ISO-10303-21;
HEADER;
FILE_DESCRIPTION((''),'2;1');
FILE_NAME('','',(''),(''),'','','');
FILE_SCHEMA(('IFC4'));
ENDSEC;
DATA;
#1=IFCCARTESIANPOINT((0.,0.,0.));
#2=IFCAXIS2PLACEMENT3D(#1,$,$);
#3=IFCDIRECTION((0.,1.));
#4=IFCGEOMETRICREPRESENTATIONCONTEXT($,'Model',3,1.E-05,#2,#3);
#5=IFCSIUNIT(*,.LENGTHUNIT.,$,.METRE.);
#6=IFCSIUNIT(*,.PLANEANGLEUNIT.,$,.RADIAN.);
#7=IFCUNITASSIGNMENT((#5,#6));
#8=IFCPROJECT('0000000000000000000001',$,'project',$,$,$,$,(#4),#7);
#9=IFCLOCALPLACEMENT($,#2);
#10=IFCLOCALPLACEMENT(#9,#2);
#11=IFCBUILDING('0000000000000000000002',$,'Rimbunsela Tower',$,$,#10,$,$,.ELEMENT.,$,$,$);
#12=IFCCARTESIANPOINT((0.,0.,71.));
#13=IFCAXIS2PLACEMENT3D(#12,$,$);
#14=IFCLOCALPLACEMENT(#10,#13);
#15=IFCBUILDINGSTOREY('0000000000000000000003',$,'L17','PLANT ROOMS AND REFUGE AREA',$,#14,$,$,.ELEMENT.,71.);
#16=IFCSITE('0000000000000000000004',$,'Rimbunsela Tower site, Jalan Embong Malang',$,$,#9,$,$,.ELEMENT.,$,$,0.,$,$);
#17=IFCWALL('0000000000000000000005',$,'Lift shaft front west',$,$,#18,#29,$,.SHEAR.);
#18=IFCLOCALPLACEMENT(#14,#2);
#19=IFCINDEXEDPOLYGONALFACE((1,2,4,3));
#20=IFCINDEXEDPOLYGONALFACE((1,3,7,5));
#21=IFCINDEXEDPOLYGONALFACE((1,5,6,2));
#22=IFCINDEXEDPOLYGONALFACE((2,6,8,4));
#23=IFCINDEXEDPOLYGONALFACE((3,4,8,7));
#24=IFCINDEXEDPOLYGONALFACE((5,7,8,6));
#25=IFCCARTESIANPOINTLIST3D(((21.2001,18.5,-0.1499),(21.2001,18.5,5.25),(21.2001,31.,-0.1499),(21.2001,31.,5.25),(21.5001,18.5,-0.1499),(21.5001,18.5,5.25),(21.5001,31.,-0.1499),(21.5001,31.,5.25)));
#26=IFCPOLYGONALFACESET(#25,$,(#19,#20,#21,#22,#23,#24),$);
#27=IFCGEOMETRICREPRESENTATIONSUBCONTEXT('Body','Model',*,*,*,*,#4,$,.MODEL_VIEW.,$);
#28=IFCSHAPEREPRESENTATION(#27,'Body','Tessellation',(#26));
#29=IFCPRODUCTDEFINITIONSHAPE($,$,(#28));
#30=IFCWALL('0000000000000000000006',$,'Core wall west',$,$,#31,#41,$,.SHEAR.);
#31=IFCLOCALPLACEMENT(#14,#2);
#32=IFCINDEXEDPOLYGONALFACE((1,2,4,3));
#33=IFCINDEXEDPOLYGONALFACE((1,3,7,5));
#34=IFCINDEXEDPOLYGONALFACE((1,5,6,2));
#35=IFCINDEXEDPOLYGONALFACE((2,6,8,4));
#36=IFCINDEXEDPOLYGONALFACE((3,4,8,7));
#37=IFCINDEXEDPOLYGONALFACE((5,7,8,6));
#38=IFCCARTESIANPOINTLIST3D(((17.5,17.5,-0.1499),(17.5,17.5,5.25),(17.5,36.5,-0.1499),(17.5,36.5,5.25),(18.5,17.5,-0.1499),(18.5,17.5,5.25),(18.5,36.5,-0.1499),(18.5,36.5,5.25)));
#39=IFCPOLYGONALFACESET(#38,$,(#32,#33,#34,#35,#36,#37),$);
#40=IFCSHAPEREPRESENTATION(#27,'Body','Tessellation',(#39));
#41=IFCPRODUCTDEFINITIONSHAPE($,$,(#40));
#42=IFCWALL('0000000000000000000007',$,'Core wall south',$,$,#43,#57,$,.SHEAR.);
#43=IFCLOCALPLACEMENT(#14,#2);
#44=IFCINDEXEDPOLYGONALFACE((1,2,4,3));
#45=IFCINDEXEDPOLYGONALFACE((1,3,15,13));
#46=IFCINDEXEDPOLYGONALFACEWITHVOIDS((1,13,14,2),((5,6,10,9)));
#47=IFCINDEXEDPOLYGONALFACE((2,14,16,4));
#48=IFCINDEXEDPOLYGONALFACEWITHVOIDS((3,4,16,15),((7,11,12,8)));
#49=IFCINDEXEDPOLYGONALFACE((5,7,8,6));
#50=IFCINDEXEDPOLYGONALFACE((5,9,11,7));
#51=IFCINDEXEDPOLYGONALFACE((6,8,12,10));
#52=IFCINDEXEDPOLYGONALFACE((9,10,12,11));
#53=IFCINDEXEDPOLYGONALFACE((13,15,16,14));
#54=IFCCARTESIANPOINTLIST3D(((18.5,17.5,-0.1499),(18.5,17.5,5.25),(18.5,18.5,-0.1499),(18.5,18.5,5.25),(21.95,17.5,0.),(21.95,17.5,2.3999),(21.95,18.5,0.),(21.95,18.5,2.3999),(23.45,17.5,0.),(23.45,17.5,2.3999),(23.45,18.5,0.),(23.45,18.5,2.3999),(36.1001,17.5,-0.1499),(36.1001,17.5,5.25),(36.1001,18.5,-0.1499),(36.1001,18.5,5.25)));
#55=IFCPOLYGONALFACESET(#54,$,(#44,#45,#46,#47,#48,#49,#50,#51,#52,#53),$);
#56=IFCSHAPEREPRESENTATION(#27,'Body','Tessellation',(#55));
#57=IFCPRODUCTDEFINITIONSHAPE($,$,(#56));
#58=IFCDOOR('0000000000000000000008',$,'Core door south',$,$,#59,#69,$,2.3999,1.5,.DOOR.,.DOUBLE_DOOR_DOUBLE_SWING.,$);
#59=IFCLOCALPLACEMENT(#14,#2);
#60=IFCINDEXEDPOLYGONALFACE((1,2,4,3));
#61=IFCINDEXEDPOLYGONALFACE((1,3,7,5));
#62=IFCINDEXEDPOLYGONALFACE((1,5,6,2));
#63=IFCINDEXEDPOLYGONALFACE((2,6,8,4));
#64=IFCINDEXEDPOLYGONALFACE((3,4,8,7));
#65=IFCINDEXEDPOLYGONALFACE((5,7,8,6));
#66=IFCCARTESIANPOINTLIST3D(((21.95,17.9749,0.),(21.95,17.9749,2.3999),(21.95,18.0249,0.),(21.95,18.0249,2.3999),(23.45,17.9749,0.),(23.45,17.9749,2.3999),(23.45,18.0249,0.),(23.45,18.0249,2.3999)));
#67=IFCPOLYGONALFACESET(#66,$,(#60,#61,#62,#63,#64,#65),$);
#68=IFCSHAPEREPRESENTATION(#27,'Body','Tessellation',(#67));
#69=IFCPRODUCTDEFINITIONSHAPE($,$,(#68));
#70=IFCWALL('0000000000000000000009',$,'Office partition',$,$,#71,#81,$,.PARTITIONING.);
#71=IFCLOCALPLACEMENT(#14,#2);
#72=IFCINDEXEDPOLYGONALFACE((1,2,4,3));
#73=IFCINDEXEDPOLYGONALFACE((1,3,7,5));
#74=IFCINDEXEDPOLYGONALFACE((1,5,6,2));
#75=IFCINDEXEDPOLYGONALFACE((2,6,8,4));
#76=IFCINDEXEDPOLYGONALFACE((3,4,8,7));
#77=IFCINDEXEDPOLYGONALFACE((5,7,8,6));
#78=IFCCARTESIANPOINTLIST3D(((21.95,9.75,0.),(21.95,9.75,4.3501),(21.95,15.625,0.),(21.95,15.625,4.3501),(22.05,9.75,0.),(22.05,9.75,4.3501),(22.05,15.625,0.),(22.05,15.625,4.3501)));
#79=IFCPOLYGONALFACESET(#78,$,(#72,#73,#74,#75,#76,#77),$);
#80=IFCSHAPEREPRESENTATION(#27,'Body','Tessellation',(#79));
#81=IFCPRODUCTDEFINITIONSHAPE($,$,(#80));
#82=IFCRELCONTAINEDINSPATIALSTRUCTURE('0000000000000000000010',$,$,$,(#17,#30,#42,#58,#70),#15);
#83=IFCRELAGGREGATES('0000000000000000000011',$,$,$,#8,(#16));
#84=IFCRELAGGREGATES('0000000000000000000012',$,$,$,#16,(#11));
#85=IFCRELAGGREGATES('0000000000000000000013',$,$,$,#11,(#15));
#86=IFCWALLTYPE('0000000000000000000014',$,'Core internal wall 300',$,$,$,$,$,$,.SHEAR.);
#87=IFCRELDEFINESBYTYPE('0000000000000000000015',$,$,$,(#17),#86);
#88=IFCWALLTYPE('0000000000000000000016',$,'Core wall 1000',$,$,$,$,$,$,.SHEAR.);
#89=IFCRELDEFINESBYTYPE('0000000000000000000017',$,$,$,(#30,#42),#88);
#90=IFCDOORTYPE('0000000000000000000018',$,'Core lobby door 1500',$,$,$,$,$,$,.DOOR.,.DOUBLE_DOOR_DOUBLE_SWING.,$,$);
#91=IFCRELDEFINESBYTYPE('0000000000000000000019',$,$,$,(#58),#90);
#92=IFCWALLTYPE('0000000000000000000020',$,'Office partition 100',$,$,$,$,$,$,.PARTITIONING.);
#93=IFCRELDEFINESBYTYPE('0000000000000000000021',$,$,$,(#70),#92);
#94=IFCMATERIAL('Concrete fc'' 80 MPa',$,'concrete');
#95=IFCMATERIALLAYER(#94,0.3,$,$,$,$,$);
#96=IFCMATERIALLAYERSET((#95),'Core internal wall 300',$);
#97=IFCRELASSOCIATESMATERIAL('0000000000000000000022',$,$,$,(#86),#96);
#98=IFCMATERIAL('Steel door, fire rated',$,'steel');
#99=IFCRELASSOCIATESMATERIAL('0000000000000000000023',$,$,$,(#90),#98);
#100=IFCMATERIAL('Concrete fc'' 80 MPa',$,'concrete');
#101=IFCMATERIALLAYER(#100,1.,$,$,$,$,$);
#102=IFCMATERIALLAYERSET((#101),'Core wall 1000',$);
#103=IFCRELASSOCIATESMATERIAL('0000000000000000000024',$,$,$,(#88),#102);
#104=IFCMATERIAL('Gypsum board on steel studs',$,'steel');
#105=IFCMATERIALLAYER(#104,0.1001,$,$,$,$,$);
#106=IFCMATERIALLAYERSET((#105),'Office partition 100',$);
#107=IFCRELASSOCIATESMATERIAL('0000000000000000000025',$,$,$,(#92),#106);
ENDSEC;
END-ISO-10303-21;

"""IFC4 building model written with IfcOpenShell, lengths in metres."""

from ifc_helpers import new_model, si_unit, direction, frame, frame_2d, origin, place, context, subcontext, project, spatial, rectangle, extrude, material, layer, layer_set, type_object, element, fill, save


model = new_model("IFC4")

# Units and contexts
model_context = context("Model", 3, precision=1e-05, world=origin(), true_north=direction((0.0, 1.0)))
body_context = subcontext(model_context, "Body", "Model", "MODEL_VIEW")
ifc_project = project(units=[si_unit("LENGTHUNIT", "METRE"), si_unit("PLANEANGLEUNIT", "RADIAN")], contexts=[model_context])

# Site, building, storey
site_placement = place(None, origin())
site = spatial("IfcSite", under=ifc_project, at=site_placement, Name="Rimbunsela Tower site, Jalan Embong Malang", CompositionType="ELEMENT", RefElevation=0.0)
building_placement = place(site_placement, origin())
building = spatial("IfcBuilding", under=site, at=building_placement, Name="Rimbunsela Tower", CompositionType="ELEMENT")
storey_placement = place(building_placement, frame((0.0, 0.0, 71.0)))
storey = spatial("IfcBuildingStorey", under=building, at=storey_placement, Name="L17", Description="PLANT ROOMS AND REFUGE AREA", CompositionType="ELEMENT", Elevation=71.0)

# Shared definitions
ifc_material_1 = material(Name="Concrete fc' 80 MPa", Category="concrete")
ifc_layer_1 = layer(ifc_material_1, 0.3)
ifc_layer_set_1 = layer_set([ifc_layer_1], Name="Core internal wall 300")
wall_type_1 = type_object("IfcWallType", Name="Core internal wall 300", PredefinedType="SHEAR", material=ifc_layer_set_1)
ifc_material_2 = material(Name="Steel door, fire rated", Category="steel")
door_type_1 = type_object("IfcDoorType", Name="Core lobby door 1500", OperationType="DOUBLE_DOOR_DOUBLE_SWING", PredefinedType="DOOR", material=ifc_material_2)

# Walls
wall_1_placement = place(storey_placement, frame((21.3501, 18.5, -0.1499), z_axis=(0.0, 0.0, 1.0), x_axis=(0.0, 1.0, 0.0)))
element("IfcWall", 1, at=wall_1_placement, inside=storey, type_object=wall_type_1, Name="Lift shaft front west", PredefinedType="SHEAR", context=body_context, shape_type="SweptSolid", body=[
    extrude(rectangle(XDim=12.5, YDim=0.3, at=frame_2d((6.25, 0.0))), origin(), (0.0, 0.0, 1.0), 5.3999),
])
ifc_material_3 = material(Name="Concrete fc' 80 MPa", Category="concrete")
ifc_layer_2 = layer(ifc_material_3, 1.0)
ifc_layer_set_2 = layer_set([ifc_layer_2], Name="Core wall 1000")
wall_type_2 = type_object("IfcWallType", Name="Core wall 1000", PredefinedType="SHEAR", material=ifc_layer_set_2)
wall_2_placement = place(storey_placement, frame((18.0, 17.5, -0.1499), z_axis=(0.0, 0.0, 1.0), x_axis=(0.0, 1.0, 0.0)))
element("IfcWall", 2, at=wall_2_placement, inside=storey, type_object=wall_type_2, Name="Core wall west", PredefinedType="SHEAR", context=body_context, shape_type="SweptSolid", body=[
    extrude(rectangle(XDim=19.0, YDim=1.0, at=frame_2d((9.5, 0.0))), origin(), (0.0, 0.0, 1.0), 5.3999),
])

# Wall, opening, door
wall_3_placement = place(storey_placement, frame((18.5, 18.0, -0.1499), z_axis=(0.0, 0.0, 1.0), x_axis=(1.0, 0.0, 0.0)))
wall_3 = element("IfcWall", 3, at=wall_3_placement, inside=storey, type_object=wall_type_2, Name="Core wall south", PredefinedType="SHEAR", context=body_context, shape_type="SweptSolid", body=[
    extrude(rectangle(XDim=17.6001, YDim=1.0, at=frame_2d((8.8, 0.0))), origin(), (0.0, 0.0, 1.0), 5.3999),
])
opening_1_placement = place(wall_3_placement, frame((3.45, 0.0, 0.1499)))
opening_1 = element("IfcOpeningElement", 4, at=opening_1_placement, cuts=wall_3, PredefinedType="OPENING", context=body_context, shape_type="SweptSolid", body=[
    extrude(rectangle(XDim=1.5, YDim=2.3999, at=frame_2d((0.75, 1.2))), frame((0.0, 0.51, 0.0), z_axis=(0.0, -1.0, 0.0), x_axis=(1.0, 0.0, 0.0)), (0.0, 0.0, 1.0), 1.02),
])
door_1_placement = place(opening_1_placement, origin())
door_1 = element("IfcDoor", 5, at=door_1_placement, inside=storey, type_object=door_type_1, Name="Core door south", OperationType="DOUBLE_DOOR_DOUBLE_SWING", OverallHeight=2.3999, OverallWidth=1.5, PredefinedType="DOOR", context=body_context, shape_type="SweptSolid", body=[
    extrude(rectangle(XDim=1.5, YDim=2.3999, at=frame_2d((0.75, 1.2))), frame((0.0, 0.0249, 0.0), z_axis=(0.0, -1.0, 0.0), x_axis=(1.0, 0.0, 0.0)), (0.0, 0.0, 1.0), 0.05),
])
fill(opening_1, door_1)

# Wall
ifc_material_4 = material(Name="Gypsum board on steel studs", Category="steel")
ifc_layer_3 = layer(ifc_material_4, 0.1001)
ifc_layer_set_3 = layer_set([ifc_layer_3], Name="Office partition 100")
wall_type_3 = type_object("IfcWallType", Name="Office partition 100", PredefinedType="PARTITIONING", material=ifc_layer_set_3)
wall_4_placement = place(storey_placement, frame((22.0, 9.75, 0.0), z_axis=(0.0, 0.0, 1.0), x_axis=(0.0, 1.0, 0.0)))
element("IfcWall", 6, at=wall_4_placement, inside=storey, type_object=wall_type_3, Name="Office partition", PredefinedType="PARTITIONING", context=body_context, shape_type="SweptSolid", body=[
    extrude(rectangle(XDim=5.875, YDim=0.1001, at=frame_2d((2.9375, 0.0))), origin(), (0.0, 0.0, 1.0), 4.3501),
])

save(model, "model.ifc")
